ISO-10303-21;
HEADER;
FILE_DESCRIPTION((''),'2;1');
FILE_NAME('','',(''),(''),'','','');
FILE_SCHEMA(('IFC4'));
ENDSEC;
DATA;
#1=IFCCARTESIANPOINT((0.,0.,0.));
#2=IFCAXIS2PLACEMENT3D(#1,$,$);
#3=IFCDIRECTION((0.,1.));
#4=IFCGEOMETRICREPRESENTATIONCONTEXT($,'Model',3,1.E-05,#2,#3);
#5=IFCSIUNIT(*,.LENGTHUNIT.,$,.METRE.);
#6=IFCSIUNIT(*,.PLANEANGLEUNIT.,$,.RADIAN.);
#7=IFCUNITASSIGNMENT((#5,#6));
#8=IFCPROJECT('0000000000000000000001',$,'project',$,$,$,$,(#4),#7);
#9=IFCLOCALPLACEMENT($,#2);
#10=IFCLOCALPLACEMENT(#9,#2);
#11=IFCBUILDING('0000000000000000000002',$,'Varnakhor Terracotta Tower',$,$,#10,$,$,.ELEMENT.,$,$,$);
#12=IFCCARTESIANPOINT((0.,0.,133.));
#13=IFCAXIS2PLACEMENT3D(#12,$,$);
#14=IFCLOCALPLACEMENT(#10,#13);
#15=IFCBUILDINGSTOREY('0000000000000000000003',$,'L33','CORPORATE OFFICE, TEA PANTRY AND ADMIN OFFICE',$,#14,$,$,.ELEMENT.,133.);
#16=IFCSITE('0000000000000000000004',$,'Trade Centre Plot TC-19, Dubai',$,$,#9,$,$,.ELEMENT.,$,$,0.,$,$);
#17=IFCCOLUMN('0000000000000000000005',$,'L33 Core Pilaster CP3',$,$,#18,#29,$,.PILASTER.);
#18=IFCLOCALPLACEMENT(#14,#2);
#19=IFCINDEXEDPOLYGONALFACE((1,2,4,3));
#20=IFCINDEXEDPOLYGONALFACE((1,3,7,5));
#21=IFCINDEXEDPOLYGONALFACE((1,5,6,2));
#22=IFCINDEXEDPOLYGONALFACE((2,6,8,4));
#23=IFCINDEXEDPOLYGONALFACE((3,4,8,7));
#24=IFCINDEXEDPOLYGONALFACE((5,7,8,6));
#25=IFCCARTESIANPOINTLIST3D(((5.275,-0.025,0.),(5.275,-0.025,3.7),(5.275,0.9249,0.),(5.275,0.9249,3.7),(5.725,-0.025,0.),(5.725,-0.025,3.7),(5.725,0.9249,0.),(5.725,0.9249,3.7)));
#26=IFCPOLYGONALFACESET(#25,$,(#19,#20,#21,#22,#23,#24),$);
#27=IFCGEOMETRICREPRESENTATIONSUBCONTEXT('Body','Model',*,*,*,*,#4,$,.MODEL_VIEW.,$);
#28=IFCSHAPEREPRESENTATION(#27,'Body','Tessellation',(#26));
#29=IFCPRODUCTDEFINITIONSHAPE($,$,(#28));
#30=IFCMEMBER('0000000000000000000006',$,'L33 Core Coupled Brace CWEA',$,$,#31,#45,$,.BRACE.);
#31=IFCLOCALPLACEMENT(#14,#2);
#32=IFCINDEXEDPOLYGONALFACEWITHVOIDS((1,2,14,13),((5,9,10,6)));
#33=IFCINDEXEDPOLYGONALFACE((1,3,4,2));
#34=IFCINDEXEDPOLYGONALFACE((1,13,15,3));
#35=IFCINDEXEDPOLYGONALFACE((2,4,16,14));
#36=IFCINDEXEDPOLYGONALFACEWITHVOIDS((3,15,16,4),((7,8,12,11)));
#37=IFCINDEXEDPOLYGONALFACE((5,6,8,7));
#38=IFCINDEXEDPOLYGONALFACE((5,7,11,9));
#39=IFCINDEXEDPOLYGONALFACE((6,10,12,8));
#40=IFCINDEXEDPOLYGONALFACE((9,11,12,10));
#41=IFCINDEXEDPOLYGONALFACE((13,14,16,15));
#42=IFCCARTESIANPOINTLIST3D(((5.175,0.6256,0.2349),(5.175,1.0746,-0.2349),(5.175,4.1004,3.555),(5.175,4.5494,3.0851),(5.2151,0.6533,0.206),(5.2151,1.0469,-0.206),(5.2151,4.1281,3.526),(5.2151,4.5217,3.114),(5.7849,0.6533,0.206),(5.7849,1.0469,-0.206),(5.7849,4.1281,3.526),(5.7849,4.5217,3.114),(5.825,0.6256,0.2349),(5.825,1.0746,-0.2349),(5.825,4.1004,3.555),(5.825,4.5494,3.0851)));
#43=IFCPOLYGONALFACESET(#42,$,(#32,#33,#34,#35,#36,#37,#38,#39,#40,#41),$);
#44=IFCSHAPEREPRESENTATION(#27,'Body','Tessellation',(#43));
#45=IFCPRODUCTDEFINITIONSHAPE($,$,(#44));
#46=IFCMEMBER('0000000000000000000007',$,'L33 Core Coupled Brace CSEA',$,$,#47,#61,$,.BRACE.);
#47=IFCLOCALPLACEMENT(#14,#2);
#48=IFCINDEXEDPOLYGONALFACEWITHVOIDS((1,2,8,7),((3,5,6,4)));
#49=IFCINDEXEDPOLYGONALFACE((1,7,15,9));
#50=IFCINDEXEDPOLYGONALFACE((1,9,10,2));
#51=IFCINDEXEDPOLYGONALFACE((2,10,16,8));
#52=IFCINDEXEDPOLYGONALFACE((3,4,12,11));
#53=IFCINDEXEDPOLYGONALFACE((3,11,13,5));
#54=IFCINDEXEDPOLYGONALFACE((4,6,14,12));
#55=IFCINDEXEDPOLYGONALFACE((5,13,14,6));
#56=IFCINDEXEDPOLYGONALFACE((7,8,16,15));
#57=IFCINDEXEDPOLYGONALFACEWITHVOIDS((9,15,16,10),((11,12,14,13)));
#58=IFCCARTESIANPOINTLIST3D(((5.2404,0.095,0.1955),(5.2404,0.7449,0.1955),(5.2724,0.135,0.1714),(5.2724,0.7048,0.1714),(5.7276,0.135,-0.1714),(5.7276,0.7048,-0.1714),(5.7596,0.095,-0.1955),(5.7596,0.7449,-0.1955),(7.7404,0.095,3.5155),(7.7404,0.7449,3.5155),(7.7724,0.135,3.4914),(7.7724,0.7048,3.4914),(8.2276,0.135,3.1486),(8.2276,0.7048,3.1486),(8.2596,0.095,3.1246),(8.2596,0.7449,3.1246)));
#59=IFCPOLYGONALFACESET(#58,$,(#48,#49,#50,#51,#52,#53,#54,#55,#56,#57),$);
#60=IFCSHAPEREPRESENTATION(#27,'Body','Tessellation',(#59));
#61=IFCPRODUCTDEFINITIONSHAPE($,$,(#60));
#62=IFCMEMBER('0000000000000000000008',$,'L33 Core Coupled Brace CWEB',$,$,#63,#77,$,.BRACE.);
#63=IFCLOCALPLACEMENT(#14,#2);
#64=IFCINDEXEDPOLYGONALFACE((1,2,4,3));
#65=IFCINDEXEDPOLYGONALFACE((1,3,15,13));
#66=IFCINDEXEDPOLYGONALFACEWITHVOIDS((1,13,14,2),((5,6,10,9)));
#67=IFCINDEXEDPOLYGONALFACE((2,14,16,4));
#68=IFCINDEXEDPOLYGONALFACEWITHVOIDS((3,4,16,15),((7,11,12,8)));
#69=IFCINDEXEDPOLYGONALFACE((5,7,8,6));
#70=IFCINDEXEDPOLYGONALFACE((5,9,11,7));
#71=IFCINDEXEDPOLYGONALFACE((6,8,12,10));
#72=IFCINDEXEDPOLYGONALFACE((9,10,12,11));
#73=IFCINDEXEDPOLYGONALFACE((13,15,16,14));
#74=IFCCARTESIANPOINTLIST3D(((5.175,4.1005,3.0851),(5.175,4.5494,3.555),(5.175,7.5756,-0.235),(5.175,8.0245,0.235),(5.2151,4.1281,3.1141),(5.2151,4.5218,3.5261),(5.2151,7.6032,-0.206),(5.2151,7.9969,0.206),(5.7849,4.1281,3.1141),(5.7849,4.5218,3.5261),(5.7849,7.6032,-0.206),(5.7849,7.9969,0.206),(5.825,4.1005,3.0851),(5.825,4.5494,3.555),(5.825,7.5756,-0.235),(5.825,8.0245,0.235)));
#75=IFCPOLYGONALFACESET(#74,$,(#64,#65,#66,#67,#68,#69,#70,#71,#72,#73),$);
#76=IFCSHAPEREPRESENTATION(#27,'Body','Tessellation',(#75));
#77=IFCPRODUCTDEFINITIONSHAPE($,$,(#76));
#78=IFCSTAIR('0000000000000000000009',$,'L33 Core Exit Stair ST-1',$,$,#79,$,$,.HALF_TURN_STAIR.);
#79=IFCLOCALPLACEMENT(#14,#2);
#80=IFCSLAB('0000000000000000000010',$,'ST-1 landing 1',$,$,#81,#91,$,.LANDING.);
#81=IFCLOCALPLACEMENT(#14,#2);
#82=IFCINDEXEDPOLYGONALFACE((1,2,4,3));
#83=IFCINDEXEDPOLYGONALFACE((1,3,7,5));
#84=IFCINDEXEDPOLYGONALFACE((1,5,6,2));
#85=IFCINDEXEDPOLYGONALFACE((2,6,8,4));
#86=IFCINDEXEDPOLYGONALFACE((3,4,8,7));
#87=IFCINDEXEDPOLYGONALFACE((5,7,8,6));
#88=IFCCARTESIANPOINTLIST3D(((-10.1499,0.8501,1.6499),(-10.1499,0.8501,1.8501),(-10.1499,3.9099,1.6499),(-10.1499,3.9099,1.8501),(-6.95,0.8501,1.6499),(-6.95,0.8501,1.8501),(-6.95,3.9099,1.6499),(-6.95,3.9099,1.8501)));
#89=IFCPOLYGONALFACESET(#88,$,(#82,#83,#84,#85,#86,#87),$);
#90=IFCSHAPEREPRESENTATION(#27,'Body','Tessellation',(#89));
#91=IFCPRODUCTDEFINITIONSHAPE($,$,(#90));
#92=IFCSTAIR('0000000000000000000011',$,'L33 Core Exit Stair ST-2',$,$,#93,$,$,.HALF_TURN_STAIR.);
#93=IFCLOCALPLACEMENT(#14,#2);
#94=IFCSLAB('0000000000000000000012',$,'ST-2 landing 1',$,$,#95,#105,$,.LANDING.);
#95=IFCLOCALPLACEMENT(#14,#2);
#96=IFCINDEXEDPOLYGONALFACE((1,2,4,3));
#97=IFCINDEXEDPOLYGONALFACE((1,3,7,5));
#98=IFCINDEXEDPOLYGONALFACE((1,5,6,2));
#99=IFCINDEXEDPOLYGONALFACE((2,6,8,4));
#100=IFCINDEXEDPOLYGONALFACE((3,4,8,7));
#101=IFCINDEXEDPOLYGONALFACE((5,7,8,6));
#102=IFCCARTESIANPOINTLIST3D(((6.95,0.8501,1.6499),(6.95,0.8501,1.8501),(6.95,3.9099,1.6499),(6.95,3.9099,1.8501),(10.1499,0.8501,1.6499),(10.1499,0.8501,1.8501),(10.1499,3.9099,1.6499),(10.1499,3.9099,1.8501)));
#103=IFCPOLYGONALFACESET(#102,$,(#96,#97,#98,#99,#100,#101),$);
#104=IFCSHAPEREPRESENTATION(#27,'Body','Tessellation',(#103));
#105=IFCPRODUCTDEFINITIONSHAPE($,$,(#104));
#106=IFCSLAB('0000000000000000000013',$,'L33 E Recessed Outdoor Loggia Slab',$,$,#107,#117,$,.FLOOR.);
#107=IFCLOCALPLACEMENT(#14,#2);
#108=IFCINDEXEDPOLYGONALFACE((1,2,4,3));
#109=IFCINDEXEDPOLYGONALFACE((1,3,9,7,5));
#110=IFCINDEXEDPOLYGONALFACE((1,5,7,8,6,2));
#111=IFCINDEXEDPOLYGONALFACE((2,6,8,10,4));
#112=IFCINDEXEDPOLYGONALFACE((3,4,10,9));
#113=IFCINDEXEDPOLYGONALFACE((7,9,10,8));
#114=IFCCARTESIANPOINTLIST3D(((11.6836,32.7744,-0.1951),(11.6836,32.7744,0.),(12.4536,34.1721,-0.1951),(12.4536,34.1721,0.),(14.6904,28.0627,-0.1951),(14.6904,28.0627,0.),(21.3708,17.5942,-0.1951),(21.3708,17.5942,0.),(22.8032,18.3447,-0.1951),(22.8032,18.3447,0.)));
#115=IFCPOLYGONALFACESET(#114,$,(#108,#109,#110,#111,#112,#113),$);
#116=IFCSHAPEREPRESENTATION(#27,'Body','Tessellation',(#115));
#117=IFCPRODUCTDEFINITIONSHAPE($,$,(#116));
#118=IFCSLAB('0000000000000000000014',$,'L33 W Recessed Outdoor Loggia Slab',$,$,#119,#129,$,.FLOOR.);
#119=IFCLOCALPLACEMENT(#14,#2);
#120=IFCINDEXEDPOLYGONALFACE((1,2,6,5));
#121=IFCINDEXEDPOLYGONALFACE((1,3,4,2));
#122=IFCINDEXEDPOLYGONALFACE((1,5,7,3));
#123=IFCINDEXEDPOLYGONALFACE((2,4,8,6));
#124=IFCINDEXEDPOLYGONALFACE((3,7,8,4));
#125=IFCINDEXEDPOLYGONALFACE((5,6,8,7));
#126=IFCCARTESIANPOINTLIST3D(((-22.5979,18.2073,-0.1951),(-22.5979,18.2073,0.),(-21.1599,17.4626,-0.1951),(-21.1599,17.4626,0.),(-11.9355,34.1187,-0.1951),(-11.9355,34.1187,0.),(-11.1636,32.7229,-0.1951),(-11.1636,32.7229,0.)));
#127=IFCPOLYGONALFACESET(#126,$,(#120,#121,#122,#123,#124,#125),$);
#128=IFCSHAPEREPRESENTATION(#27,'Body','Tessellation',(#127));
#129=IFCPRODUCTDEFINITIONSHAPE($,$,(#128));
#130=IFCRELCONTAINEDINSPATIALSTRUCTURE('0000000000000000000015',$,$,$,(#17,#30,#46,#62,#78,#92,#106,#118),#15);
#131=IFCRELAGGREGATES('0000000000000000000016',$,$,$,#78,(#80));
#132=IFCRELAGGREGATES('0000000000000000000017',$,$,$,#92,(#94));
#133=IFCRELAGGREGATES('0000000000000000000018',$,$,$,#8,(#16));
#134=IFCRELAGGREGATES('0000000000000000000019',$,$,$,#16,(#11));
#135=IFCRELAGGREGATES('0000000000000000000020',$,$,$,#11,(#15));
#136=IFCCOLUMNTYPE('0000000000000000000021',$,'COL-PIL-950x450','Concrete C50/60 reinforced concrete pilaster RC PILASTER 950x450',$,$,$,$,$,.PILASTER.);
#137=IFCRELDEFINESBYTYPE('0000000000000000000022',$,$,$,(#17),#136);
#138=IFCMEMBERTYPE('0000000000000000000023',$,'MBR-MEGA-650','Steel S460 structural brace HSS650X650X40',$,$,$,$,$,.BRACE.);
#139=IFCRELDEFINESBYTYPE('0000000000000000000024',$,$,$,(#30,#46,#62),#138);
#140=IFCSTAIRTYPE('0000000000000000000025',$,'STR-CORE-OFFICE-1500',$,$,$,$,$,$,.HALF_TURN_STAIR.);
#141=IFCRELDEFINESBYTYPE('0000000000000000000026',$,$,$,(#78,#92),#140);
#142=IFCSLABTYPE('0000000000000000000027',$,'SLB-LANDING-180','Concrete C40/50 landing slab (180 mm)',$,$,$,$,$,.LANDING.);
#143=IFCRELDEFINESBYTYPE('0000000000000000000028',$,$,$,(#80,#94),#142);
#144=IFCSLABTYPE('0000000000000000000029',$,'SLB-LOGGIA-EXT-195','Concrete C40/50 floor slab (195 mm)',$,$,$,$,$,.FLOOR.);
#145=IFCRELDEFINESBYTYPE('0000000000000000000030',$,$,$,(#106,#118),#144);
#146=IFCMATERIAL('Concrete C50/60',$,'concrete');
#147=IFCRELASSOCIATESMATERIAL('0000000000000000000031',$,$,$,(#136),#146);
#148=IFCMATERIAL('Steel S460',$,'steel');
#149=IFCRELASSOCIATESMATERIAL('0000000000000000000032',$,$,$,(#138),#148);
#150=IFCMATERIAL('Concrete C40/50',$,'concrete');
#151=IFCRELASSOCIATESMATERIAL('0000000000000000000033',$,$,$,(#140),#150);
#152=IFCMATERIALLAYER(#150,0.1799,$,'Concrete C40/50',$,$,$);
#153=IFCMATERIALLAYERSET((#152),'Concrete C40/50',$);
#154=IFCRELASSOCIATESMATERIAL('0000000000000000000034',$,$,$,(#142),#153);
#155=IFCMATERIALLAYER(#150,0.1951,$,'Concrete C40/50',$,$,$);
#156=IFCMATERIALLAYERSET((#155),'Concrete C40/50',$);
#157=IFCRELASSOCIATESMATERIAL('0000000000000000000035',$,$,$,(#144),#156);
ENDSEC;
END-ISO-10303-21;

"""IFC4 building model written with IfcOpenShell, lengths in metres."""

from ifc_helpers import new_model, si_unit, direction, frame, origin, origin_2d, place, context, subcontext, project, spatial, polyline, rectangle, hollow_rectangle, outline, extrude, source, transform, mapped, material, layer, layer_set, material_profile, profile_set, type_object, element, aggregate, save


model = new_model("IFC4")

# Units and contexts
model_context = context("Model", 3, precision=1e-05, world=origin(), true_north=direction((0.0, 1.0)))
body_context = subcontext(model_context, "Body", "Model", "MODEL_VIEW")
ifc_project = project(units=[si_unit("LENGTHUNIT", "METRE"), si_unit("PLANEANGLEUNIT", "RADIAN")], contexts=[model_context])

# Site, building, storey
site_placement = place(None, origin())
site = spatial("IfcSite", under=ifc_project, at=site_placement, Name="Trade Centre Plot TC-19, Dubai", CompositionType="ELEMENT", RefElevation=0.0)
building_placement = place(site_placement, origin())
building = spatial("IfcBuilding", under=site, at=building_placement, Name="Varnakhor Terracotta Tower", CompositionType="ELEMENT")
storey_placement = place(building_placement, frame((0.0, 0.0, 133.0)))
storey = spatial("IfcBuildingStorey", under=building, at=storey_placement, Name="L33", Description="CORPORATE OFFICE, TEA PANTRY AND ADMIN OFFICE", CompositionType="ELEMENT", Elevation=133.0)

# Column
ifc_material_1 = material(Name="Concrete C50/60", Category="concrete")
ifc_material_profile_1 = material_profile(ifc_material_1, rectangle(XDim=0.45, YDim=0.95, at=origin_2d()), Name="RC PILASTER 950x450")
ifc_profile_set_1 = profile_set([ifc_material_profile_1], Name="Concrete C50/60")
column_type = type_object("IfcColumnType", Name="COL-PIL-950x450", Description="Concrete C50/60 reinforced concrete pilaster RC PILASTER 950x450", PredefinedType="PILASTER", material=ifc_profile_set_1)
shared_shape_1 = source(origin(), body_context, "Body", "SweptSolid", [
    extrude(rectangle(XDim=0.45, YDim=0.95, at=origin_2d()), origin(), (0.0, 0.0, 1.0), 3.7),
])
column_placement = place(storey_placement, frame((5.5, 0.45, 0.0), z_axis=(0.0, 0.0, 1.0), x_axis=(1.0, 0.0, 0.0)))
element("IfcColumn", 1, at=column_placement, inside=storey, type_object=column_type, Name="L33 Core Pilaster CP3", PredefinedType="PILASTER", context=body_context, shape_type="MappedRepresentation", body=[
    mapped(shared_shape_1, transform((0.0, 0.0, 0.0), scale=1.0)),
])

# Members
ifc_material_2 = material(Name="Steel S460", Category="steel")
ifc_material_profile_2 = material_profile(ifc_material_2, hollow_rectangle(XDim=0.6499, YDim=0.6499, WallThickness=0.04, at=origin_2d()), Name="HSS650X650X40")
ifc_profile_set_2 = profile_set([ifc_material_profile_2], Name="Steel S460")
member_type = type_object("IfcMemberType", Name="MBR-MEGA-650", Description="Steel S460 structural brace HSS650X650X40", PredefinedType="BRACE", material=ifc_profile_set_2)
shared_shape_2 = source(origin(), body_context, "Body", "SweptSolid", [
    extrude(hollow_rectangle(XDim=0.6499, YDim=0.6499, WallThickness=0.04, at=origin_2d()), origin(), (0.0, 0.0, 1.0), 4.8059),
])
member_1_placement = place(storey_placement, frame((5.5, 0.8501, 0.0), z_axis=(0.0, 0.723027, 0.69082), x_axis=(-1.0, 0.0, 0.0)))
element("IfcMember", 2, at=member_1_placement, inside=storey, type_object=member_type, Name="L33 Core Coupled Brace CWEA", PredefinedType="BRACE", context=body_context, shape_type="MappedRepresentation", body=[
    mapped(shared_shape_2, transform((0.0, 0.0, 0.0), scale=1.0)),
])
shared_shape_3 = source(origin(), body_context, "Body", "SweptSolid", [
    extrude(hollow_rectangle(XDim=0.6499, YDim=0.6499, WallThickness=0.04, at=origin_2d()), origin(), (0.0, 0.0, 1.0), 4.156),
])
member_2_placement = place(storey_placement, frame((5.5, 0.4199, 0.0), z_axis=(0.601531, 0.0, 0.79885), x_axis=(0.0, 1.0, 0.0)))
element("IfcMember", 3, at=member_2_placement, inside=storey, type_object=member_type, Name="L33 Core Coupled Brace CSEA", PredefinedType="BRACE", context=body_context, shape_type="MappedRepresentation", body=[
    mapped(shared_shape_3, transform((0.0, 0.0, 0.0), scale=1.0)),
])
shared_shape_4 = source(origin(), body_context, "Body", "SweptSolid", [
    extrude(hollow_rectangle(XDim=0.6499, YDim=0.6499, WallThickness=0.04, at=origin_2d()), origin(), (0.0, 0.0, 1.0), 4.8062),
])
member_3_placement = place(storey_placement, frame((5.5, 7.8, 0.0), z_axis=(0.0, -0.723051, 0.690795), x_axis=(1.0, 0.0, 0.0)))
element("IfcMember", 4, at=member_3_placement, inside=storey, type_object=member_type, Name="L33 Core Coupled Brace CWEB", PredefinedType="BRACE", context=body_context, shape_type="MappedRepresentation", body=[
    mapped(shared_shape_4, transform((0.0, 0.0, 0.0), scale=1.0)),
])

# Stairs, slabs
ifc_material_3 = material(Name="Concrete C40/50", Category="concrete")
stair_type = type_object("IfcStairType", Name="STR-CORE-OFFICE-1500", PredefinedType="HALF_TURN_STAIR", material=ifc_material_3)
stair_1_placement = place(storey_placement, origin())
stair_1 = element("IfcStair", 5, at=stair_1_placement, inside=storey, type_object=stair_type, Name="L33 Core Exit Stair ST-1", PredefinedType="HALF_TURN_STAIR")
ifc_layer_1 = layer(ifc_material_3, 0.1799, Name="Concrete C40/50")
ifc_layer_set_1 = layer_set([ifc_layer_1], Name="Concrete C40/50")
slab_type_1 = type_object("IfcSlabType", Name="SLB-LANDING-180", Description="Concrete C40/50 landing slab (180 mm)", PredefinedType="LANDING", material=ifc_layer_set_1)
slab_1_placement = place(storey_placement, frame((0.0, 0.0, 1.6499)))
slab_1 = element("IfcSlab", 6, at=slab_1_placement, type_object=slab_type_1, Name="ST-1 landing 1", PredefinedType="LANDING", context=body_context, shape_type="SweptSolid", body=[
    extrude(outline(polyline([(-10.1499, 3.9099), (-10.1499, 0.8501), (-6.95, 0.8501), (-6.95, 3.9099), (-10.1499, 3.9099)])), origin(), (0.0, 0.0, 1.0), 0.2002),
])
aggregate(stair_1, [slab_1])
stair_2_placement = place(storey_placement, origin())
stair_2 = element("IfcStair", 7, at=stair_2_placement, inside=storey, type_object=stair_type, Name="L33 Core Exit Stair ST-2", PredefinedType="HALF_TURN_STAIR")
slab_2_placement = place(storey_placement, frame((0.0, 0.0, 1.6499)))
slab_2 = element("IfcSlab", 8, at=slab_2_placement, type_object=slab_type_1, Name="ST-2 landing 1", PredefinedType="LANDING", context=body_context, shape_type="SweptSolid", body=[
    extrude(outline(polyline([(6.95, 3.9099), (6.95, 0.8501), (10.1499, 0.8501), (10.1499, 3.9099), (6.95, 3.9099)])), origin(), (0.0, 0.0, 1.0), 0.2002),
])

# Slabs
ifc_layer_2 = layer(ifc_material_3, 0.1951, Name="Concrete C40/50")
ifc_layer_set_2 = layer_set([ifc_layer_2], Name="Concrete C40/50")
slab_type_2 = type_object("IfcSlabType", Name="SLB-LOGGIA-EXT-195", Description="Concrete C40/50 floor slab (195 mm)", PredefinedType="FLOOR", material=ifc_layer_set_2)
slab_3_placement = place(storey_placement, frame((0.0, 0.0, -0.1951)))
element("IfcSlab", 9, at=slab_3_placement, inside=storey, type_object=slab_type_2, Name="L33 E Recessed Outdoor Loggia Slab", PredefinedType="FLOOR", context=body_context, shape_type="SweptSolid", body=[
    extrude(outline(polyline([(12.4536, 34.1721), (22.8032, 18.3447), (21.3708, 17.5942), (14.6904, 28.0627), (11.6836, 32.7744), (12.4536, 34.1721)])), origin(), (0.0, 0.0, 1.0), 0.1951),
])
slab_4_placement = place(storey_placement, frame((0.0, 0.0, -0.1951)))
element("IfcSlab", 10, at=slab_4_placement, inside=storey, type_object=slab_type_2, Name="L33 W Recessed Outdoor Loggia Slab", PredefinedType="FLOOR", context=body_context, shape_type="SweptSolid", body=[
    extrude(outline(polyline([(-22.5979, 18.2073), (-11.9355, 34.1187), (-11.1636, 32.7229), (-21.1599, 17.4626), (-22.5979, 18.2073)])), origin(), (0.0, 0.0, 1.0), 0.1951),
])

aggregate(stair_2, [slab_2])

save(model, "model.ifc")
